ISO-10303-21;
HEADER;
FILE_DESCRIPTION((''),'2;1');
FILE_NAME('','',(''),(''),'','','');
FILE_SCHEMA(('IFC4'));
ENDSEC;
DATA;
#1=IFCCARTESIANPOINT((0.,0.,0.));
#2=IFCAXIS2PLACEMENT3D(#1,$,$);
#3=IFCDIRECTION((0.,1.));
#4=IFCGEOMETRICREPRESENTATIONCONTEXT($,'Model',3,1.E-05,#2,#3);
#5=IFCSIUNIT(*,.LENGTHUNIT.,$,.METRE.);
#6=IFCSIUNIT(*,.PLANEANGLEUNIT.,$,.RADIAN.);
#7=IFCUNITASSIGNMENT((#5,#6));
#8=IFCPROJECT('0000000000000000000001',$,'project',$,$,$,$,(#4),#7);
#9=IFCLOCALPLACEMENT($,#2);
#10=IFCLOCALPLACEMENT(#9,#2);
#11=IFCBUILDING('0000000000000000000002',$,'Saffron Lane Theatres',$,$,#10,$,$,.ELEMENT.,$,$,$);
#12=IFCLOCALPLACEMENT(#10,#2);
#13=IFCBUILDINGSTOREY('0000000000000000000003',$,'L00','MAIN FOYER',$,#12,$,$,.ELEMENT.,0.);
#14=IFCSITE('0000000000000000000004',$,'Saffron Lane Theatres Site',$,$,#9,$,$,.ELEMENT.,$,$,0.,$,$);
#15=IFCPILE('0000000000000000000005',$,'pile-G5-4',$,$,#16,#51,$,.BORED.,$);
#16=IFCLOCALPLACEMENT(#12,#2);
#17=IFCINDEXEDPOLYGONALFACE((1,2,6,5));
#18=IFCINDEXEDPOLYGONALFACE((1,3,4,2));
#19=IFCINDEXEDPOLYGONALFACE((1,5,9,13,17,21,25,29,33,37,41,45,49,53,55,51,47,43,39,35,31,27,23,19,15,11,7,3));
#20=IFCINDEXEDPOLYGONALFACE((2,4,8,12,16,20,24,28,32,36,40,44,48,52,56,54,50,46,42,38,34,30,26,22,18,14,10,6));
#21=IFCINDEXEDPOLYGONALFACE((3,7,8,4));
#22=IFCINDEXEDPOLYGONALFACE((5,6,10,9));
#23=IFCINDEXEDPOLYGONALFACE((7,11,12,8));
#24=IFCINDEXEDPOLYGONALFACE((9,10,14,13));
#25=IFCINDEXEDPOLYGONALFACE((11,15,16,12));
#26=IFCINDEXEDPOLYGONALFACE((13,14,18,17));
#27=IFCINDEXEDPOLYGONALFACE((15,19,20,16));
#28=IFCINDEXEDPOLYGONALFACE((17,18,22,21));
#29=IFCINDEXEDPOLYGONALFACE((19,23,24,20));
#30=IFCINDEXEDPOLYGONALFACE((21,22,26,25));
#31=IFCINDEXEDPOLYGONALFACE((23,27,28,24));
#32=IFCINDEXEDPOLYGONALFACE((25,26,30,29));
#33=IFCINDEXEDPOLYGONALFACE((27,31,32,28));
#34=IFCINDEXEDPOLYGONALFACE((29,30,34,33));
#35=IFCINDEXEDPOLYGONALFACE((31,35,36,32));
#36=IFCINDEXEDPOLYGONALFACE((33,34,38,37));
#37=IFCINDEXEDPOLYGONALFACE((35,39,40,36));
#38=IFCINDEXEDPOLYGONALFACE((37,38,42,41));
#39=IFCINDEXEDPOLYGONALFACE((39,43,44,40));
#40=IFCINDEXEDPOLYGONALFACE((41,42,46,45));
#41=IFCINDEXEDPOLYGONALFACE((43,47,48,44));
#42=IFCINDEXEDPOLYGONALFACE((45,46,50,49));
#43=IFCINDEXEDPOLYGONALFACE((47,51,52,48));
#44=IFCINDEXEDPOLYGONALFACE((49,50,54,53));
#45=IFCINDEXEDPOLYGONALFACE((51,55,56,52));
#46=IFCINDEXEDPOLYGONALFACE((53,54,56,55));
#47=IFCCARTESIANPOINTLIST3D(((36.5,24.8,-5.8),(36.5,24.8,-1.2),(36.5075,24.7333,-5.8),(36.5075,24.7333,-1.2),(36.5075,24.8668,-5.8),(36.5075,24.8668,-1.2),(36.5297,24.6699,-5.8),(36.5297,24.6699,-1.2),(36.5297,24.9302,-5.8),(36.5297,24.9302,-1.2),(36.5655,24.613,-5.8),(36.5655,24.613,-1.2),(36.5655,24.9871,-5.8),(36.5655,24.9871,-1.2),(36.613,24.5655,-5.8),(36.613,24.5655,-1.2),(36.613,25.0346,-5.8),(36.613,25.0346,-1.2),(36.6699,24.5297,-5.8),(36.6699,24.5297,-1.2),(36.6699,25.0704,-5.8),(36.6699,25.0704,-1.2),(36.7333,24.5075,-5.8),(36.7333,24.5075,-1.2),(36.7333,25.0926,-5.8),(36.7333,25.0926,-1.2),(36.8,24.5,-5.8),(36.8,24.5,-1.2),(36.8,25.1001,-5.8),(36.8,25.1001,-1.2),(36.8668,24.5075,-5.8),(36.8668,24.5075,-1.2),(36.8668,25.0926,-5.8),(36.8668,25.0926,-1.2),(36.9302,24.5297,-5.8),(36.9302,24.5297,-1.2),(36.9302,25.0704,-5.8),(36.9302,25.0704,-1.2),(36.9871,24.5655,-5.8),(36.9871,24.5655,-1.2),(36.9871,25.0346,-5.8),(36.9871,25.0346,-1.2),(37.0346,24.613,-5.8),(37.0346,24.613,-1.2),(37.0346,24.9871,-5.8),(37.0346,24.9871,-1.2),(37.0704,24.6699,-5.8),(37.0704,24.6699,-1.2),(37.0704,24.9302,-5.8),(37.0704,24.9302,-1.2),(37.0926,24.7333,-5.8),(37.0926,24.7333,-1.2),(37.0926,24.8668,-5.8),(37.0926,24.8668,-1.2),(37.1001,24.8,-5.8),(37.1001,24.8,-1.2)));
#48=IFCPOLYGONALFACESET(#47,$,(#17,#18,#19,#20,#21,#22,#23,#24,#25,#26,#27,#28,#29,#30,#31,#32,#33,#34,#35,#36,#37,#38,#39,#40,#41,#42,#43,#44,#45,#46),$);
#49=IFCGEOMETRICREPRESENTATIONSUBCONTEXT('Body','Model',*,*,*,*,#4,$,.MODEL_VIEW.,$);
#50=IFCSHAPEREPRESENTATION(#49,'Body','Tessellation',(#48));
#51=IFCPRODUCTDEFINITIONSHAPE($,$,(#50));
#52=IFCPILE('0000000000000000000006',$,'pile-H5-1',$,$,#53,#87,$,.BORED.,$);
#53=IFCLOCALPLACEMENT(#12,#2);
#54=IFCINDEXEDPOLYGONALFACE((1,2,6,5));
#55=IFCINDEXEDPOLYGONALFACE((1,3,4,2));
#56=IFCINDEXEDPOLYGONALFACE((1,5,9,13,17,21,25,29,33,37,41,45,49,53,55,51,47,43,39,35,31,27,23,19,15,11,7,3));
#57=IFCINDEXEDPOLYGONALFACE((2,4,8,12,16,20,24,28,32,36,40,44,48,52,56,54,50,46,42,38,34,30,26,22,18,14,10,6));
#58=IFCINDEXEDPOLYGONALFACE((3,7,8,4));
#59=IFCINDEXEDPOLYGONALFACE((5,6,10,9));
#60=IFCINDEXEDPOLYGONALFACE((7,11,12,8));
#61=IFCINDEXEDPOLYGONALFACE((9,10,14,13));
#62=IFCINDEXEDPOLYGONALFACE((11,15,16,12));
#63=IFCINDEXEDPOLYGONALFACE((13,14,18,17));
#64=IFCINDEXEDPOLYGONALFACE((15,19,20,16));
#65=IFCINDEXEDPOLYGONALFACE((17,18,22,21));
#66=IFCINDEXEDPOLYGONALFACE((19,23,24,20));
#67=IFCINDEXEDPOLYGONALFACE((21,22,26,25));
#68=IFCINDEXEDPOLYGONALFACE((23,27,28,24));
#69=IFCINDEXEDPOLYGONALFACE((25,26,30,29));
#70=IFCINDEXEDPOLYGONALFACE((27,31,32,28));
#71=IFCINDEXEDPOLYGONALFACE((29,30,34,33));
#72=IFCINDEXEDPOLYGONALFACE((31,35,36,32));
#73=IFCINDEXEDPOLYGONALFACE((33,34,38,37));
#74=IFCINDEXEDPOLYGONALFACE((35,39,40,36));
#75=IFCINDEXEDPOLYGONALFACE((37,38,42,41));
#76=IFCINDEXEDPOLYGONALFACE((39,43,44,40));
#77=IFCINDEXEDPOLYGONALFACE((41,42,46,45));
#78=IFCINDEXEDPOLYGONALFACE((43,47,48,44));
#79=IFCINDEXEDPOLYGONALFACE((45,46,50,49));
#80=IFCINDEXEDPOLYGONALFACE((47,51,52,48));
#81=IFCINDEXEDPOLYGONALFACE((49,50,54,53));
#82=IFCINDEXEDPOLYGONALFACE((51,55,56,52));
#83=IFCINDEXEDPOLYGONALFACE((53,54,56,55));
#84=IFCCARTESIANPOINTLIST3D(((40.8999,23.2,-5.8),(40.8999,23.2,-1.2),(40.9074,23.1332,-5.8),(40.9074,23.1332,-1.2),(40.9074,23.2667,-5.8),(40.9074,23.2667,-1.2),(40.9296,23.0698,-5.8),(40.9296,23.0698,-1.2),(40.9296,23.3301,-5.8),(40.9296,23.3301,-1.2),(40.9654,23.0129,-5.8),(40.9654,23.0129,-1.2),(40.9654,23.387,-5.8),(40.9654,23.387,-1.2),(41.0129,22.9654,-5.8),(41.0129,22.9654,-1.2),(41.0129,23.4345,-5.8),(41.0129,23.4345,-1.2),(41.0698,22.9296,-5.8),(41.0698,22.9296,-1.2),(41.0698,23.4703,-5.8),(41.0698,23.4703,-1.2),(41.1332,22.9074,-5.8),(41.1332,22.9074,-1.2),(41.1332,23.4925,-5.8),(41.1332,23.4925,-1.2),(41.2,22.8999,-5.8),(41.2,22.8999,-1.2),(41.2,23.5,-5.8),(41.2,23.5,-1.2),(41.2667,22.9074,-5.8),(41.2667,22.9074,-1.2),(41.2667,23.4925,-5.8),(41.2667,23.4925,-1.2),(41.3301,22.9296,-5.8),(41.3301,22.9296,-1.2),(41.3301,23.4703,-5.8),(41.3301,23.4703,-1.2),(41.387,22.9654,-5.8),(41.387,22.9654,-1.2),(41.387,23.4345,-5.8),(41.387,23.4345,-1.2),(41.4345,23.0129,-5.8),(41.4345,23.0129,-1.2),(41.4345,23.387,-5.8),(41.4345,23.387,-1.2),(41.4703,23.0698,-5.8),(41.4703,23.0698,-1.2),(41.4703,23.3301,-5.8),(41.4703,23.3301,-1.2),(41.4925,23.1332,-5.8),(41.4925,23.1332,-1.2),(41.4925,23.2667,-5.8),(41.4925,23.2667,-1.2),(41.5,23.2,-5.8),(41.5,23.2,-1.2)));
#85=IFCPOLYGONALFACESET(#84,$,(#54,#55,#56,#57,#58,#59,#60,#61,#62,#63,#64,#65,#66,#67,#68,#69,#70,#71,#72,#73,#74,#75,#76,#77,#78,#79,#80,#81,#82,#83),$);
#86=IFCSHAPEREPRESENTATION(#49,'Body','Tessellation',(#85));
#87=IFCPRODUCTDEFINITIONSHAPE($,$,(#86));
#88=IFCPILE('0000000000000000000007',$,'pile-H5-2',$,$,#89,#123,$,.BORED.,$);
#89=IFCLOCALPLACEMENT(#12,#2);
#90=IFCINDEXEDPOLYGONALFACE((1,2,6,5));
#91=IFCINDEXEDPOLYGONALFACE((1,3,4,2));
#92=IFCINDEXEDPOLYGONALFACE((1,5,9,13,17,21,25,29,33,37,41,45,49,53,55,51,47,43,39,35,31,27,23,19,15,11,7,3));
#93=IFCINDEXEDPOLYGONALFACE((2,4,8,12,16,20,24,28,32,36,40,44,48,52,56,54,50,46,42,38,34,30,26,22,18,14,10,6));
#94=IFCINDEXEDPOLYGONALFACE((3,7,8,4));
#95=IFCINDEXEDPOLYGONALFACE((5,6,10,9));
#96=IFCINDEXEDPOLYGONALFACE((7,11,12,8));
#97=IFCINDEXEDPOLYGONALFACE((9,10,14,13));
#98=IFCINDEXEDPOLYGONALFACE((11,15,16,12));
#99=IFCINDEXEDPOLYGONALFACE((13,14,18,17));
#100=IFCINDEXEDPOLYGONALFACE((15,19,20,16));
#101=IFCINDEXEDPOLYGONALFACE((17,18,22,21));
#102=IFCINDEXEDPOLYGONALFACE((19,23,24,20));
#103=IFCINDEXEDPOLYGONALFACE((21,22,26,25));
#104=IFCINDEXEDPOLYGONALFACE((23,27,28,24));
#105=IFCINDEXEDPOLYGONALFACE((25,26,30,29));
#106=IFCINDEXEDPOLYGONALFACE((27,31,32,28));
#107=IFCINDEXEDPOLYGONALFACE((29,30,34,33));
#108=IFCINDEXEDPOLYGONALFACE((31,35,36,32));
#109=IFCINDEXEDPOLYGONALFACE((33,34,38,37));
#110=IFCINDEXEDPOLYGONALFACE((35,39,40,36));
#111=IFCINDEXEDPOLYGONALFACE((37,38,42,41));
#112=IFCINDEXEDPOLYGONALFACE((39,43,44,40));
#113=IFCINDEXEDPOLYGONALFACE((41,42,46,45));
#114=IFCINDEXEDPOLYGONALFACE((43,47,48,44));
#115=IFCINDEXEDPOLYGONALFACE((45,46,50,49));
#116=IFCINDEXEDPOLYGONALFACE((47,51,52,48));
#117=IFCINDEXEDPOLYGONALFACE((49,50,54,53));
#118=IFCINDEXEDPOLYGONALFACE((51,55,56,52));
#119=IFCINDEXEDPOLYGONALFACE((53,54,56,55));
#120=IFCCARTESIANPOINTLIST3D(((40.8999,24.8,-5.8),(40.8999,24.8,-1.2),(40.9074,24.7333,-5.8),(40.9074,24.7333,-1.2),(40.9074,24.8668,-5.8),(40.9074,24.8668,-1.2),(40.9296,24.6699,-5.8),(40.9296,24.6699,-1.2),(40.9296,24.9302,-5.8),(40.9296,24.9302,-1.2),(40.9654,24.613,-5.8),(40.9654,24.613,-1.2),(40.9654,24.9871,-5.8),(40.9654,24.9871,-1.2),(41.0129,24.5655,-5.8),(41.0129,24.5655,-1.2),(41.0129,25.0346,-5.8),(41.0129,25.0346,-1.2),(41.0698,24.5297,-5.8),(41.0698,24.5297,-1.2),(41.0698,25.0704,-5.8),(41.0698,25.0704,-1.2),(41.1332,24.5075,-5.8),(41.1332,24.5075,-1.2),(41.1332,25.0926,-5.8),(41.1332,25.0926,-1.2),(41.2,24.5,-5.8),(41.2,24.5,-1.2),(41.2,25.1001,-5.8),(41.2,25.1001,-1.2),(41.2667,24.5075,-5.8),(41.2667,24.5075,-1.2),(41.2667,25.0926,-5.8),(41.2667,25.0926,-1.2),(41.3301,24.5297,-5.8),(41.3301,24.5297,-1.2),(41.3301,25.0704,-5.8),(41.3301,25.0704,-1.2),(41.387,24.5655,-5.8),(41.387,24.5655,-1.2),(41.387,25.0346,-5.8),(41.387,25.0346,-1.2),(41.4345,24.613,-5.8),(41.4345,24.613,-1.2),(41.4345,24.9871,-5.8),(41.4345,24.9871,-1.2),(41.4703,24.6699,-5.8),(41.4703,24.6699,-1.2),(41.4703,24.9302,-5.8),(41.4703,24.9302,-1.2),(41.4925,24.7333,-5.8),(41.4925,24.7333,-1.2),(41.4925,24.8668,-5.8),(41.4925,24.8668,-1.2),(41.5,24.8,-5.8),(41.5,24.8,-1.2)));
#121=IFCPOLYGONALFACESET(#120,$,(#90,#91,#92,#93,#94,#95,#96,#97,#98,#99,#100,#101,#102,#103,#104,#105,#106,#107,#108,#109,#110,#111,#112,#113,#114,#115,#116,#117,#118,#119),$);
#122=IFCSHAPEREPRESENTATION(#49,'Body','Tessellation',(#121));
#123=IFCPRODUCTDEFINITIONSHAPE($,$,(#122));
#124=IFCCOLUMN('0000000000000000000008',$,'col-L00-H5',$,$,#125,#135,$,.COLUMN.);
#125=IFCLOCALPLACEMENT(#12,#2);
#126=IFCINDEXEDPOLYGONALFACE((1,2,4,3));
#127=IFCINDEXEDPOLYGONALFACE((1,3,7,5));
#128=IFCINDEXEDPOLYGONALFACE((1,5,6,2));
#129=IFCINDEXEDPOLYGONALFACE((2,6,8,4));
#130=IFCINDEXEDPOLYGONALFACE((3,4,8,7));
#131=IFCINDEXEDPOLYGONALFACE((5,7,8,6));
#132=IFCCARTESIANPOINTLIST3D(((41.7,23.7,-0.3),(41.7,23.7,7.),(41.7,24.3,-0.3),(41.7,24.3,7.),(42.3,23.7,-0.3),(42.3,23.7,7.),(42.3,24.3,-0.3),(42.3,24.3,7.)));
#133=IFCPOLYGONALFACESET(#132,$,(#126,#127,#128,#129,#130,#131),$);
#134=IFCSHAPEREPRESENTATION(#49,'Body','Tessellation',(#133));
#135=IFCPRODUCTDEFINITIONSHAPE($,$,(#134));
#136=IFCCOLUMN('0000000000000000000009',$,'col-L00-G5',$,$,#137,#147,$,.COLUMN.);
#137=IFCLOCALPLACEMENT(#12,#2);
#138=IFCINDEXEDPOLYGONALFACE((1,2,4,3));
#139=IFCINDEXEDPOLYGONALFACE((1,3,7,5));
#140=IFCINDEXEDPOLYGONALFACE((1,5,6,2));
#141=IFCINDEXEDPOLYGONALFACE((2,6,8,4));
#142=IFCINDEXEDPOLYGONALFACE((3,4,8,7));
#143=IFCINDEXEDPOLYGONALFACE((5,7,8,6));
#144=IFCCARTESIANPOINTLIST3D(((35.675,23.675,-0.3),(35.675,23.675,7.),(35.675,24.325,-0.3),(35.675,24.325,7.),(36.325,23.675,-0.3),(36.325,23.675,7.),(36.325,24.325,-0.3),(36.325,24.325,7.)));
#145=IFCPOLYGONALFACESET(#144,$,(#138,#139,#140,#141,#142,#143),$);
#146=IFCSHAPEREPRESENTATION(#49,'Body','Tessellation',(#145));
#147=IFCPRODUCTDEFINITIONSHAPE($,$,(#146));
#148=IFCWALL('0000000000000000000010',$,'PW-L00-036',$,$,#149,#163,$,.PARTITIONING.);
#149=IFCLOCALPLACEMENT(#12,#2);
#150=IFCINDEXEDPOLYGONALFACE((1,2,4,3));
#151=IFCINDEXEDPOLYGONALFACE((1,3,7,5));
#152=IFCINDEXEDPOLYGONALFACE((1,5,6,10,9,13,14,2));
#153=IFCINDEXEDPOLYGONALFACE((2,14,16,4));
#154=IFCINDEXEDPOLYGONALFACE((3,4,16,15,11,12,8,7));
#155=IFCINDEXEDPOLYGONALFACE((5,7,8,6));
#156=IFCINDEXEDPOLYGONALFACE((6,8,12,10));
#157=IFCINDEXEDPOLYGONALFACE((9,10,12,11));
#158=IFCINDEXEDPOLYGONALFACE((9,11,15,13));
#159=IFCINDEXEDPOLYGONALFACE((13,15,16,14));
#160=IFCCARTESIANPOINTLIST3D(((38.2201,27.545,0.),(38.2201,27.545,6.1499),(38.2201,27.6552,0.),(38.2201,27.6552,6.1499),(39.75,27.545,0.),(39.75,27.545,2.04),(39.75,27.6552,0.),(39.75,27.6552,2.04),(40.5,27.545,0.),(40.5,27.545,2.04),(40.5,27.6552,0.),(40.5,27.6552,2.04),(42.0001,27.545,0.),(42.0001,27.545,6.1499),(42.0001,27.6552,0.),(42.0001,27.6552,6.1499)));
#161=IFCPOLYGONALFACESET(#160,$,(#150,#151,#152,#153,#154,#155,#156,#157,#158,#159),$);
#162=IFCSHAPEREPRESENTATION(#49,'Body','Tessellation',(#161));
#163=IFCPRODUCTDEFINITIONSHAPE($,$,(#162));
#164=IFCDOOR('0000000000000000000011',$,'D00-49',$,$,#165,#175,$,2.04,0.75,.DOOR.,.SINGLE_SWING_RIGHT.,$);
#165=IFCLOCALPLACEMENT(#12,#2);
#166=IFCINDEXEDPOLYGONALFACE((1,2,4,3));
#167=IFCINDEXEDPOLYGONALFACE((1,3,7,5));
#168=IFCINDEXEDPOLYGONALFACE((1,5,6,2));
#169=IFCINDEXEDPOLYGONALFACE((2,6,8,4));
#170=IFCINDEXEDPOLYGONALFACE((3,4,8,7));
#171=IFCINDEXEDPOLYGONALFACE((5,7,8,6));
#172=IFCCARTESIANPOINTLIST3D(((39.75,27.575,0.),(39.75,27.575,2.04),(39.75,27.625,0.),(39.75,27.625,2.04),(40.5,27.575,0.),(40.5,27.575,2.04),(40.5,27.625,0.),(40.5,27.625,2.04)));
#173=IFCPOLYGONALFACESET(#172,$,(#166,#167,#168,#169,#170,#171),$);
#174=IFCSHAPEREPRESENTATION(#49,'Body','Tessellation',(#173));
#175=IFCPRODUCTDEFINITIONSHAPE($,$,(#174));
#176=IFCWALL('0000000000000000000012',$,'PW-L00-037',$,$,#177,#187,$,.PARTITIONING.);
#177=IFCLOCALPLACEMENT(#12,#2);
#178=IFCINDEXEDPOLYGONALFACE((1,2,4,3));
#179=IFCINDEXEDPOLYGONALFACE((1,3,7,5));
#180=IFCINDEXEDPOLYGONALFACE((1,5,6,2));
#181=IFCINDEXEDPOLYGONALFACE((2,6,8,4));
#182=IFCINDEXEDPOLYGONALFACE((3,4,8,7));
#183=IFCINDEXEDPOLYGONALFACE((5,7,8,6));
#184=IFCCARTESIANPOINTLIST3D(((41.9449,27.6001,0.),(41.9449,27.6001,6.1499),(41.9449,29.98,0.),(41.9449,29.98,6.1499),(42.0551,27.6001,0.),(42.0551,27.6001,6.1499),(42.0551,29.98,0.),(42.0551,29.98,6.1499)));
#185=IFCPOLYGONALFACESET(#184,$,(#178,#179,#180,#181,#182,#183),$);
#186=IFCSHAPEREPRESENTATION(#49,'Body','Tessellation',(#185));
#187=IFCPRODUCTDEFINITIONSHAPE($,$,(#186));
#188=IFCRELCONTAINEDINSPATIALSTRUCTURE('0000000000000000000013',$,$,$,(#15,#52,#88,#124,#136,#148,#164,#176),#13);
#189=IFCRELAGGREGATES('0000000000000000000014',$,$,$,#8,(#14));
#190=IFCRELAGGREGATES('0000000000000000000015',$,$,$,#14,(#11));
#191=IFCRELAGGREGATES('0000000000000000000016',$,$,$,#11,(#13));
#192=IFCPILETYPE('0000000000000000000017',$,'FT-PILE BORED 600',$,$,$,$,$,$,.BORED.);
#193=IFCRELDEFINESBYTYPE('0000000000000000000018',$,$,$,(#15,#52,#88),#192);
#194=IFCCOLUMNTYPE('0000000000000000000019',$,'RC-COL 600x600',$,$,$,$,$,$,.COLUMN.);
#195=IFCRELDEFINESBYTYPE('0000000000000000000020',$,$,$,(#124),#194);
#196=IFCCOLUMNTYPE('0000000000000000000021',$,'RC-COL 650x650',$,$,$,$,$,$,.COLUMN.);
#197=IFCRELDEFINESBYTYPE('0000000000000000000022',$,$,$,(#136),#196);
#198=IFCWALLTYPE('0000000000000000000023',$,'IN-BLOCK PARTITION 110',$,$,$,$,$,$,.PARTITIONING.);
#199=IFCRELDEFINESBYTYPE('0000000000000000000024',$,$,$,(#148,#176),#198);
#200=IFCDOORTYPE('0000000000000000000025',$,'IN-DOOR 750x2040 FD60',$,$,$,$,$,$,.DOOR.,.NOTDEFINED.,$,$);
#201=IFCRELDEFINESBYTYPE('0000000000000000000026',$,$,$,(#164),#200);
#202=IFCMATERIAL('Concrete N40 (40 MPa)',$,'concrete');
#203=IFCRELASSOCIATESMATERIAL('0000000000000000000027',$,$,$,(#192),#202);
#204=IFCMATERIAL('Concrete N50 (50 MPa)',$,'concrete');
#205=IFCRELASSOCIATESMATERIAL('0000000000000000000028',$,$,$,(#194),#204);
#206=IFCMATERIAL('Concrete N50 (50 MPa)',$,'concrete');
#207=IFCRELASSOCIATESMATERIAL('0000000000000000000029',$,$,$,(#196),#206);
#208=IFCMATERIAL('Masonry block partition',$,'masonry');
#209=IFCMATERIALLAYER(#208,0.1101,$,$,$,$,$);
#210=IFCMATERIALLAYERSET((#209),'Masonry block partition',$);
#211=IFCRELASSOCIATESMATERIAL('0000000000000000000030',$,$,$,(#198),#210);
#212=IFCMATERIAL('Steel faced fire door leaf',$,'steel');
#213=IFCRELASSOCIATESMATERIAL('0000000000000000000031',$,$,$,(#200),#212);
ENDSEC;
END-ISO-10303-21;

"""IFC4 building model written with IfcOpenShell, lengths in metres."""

from ifc_helpers import new_model, si_unit, direction, frame, frame_2d, origin, origin_2d, place, context, subcontext, project, spatial, rectangle, circle, extrude, material, layer, layer_set, material_profile, profile_set, type_object, element, fill, save


model = new_model("IFC4")

# Units and contexts
model_context = context("Model", 3, precision=1e-05, world=origin(), true_north=direction((0.0, 1.0)))
body_context = subcontext(model_context, "Body", "Model", "MODEL_VIEW")
ifc_project = project(units=[si_unit("LENGTHUNIT", "METRE"), si_unit("PLANEANGLEUNIT", "RADIAN")], contexts=[model_context])

# Site, building, storey
site_placement = place(None, origin())
site = spatial("IfcSite", under=ifc_project, at=site_placement, Name="Saffron Lane Theatres Site", CompositionType="ELEMENT", RefElevation=0.0)
building_placement = place(site_placement, origin())
building = spatial("IfcBuilding", under=site, at=building_placement, Name="Saffron Lane Theatres", CompositionType="ELEMENT")
storey_placement = place(building_placement, origin())
storey = spatial("IfcBuildingStorey", under=building, at=storey_placement, Name="L00", Description="MAIN FOYER", CompositionType="ELEMENT", Elevation=0.0)

# Piles
ifc_material_1 = material(Name="Concrete N40 (40 MPa)", Category="concrete")
ifc_material_profile_1 = material_profile(ifc_material_1, circle(Radius=0.3, at=origin_2d()))
ifc_profile_set_1 = profile_set([ifc_material_profile_1], Name="Concrete N40 (40 MPa)")
pile_type = type_object("IfcPileType", Name="FT-PILE BORED 600", PredefinedType="BORED", material=ifc_profile_set_1)
for number, where, z_axis, x_axis, name in (
    (1, (36.8, 24.8, -1.2), (0.0, 0.0, -1.0), (1.0, 0.0, 0.0), "pile-G5-4"),
    (2, (41.2, 23.2, -1.2), (0.0, 0.0, -1.0), (1.0, 0.0, 0.0), "pile-H5-1"),
    (3, (41.2, 24.8, -1.2), (0.0, 0.0, -1.0), (1.0, 0.0, 0.0), "pile-H5-2"),
):
    element("IfcPile", number, at=place(storey_placement, frame(where, z_axis=z_axis, x_axis=x_axis)), inside=storey, type_object=pile_type, Name=name, PredefinedType="BORED", context=body_context, shape_type="SweptSolid", body=[
        extrude(circle(Radius=0.3, at=origin_2d()), origin(), (0.0, 0.0, 1.0), 4.6001),
    ])

# Columns
ifc_material_2 = material(Name="Concrete N50 (50 MPa)", Category="concrete")
ifc_material_profile_2 = material_profile(ifc_material_2, rectangle(XDim=0.6001, YDim=0.6001, at=origin_2d()))
ifc_profile_set_2 = profile_set([ifc_material_profile_2], Name="Concrete N50 (50 MPa)")
column_type_1 = type_object("IfcColumnType", Name="RC-COL 600x600", PredefinedType="COLUMN", material=ifc_profile_set_2)
column_1_placement = place(storey_placement, frame((42.0, 24.0, -0.3), z_axis=(0.0, 0.0, 1.0), x_axis=(1.0, 0.0, 0.0)))
element("IfcColumn", 4, at=column_1_placement, inside=storey, type_object=column_type_1, Name="col-L00-H5", PredefinedType="COLUMN", context=body_context, shape_type="SweptSolid", body=[
    extrude(rectangle(XDim=0.6001, YDim=0.6001, at=origin_2d()), origin(), (0.0, 0.0, 1.0), 7.3),
])
ifc_material_3 = material(Name="Concrete N50 (50 MPa)", Category="concrete")
ifc_material_profile_3 = material_profile(ifc_material_3, rectangle(XDim=0.6499, YDim=0.6499, at=origin_2d()))
ifc_profile_set_3 = profile_set([ifc_material_profile_3], Name="Concrete N50 (50 MPa)")
column_type_2 = type_object("IfcColumnType", Name="RC-COL 650x650", PredefinedType="COLUMN", material=ifc_profile_set_3)
column_2_placement = place(storey_placement, frame((36.0, 24.0, -0.3), z_axis=(0.0, 0.0, 1.0), x_axis=(1.0, 0.0, 0.0)))
element("IfcColumn", 5, at=column_2_placement, inside=storey, type_object=column_type_2, Name="col-L00-G5", PredefinedType="COLUMN", context=body_context, shape_type="SweptSolid", body=[
    extrude(rectangle(XDim=0.6499, YDim=0.6499, at=origin_2d()), origin(), (0.0, 0.0, 1.0), 7.3),
])

# Wall, opening, door
ifc_material_4 = material(Name="Masonry block partition", Category="masonry")
ifc_layer_1 = layer(ifc_material_4, 0.1101)
ifc_layer_set_1 = layer_set([ifc_layer_1], Name="Masonry block partition")
wall_type_1 = type_object("IfcWallType", Name="IN-BLOCK PARTITION 110", PredefinedType="PARTITIONING", material=ifc_layer_set_1)
wall_1_placement = place(storey_placement, frame((38.22, 27.6001, 0.0), z_axis=(0.0, 0.0, 1.0), x_axis=(1.0, 0.0, 0.0)))
wall_1 = element("IfcWall", 6, at=wall_1_placement, inside=storey, type_object=wall_type_1, Name="PW-L00-036", PredefinedType="PARTITIONING", context=body_context, shape_type="SweptSolid", body=[
    extrude(rectangle(XDim=3.78, YDim=0.1101, at=frame_2d((1.8901, 0.0))), origin(), (0.0, 0.0, 1.0), 6.1499),
])
opening_1_placement = place(wall_1_placement, frame((1.53, 0.0, 0.0)))
opening_1 = element("IfcOpeningElement", 7, at=opening_1_placement, cuts=wall_1, PredefinedType="OPENING", context=body_context, shape_type="SweptSolid", body=[
    extrude(rectangle(XDim=0.75, YDim=2.04, at=frame_2d((0.375, 1.02))), frame((0.0, 0.0649, 0.0), z_axis=(0.0, -1.0, 0.0), x_axis=(1.0, 0.0, 0.0)), (0.0, 0.0, 1.0), 0.1301),
])
ifc_material_5 = material(Name="Steel faced fire door leaf", Category="steel")
door_type_1 = type_object("IfcDoorType", Name="IN-DOOR 750x2040 FD60", OperationType="NOTDEFINED", PredefinedType="DOOR", material=ifc_material_5)
door_1_placement = place(opening_1_placement, origin())
door_1 = element("IfcDoor", 8, at=door_1_placement, inside=storey, type_object=door_type_1, Name="D00-49", OperationType="SINGLE_SWING_RIGHT", OverallHeight=2.04, OverallWidth=0.75, PredefinedType="DOOR", context=body_context, shape_type="SweptSolid", body=[
    extrude(rectangle(XDim=0.75, YDim=2.04, at=frame_2d((0.375, 1.02))), frame((0.0, 0.0249, 0.0), z_axis=(0.0, -1.0, 0.0), x_axis=(1.0, 0.0, 0.0)), (0.0, 0.0, 1.0), 0.05),
])
fill(opening_1, door_1)

# Wall
wall_2_placement = place(storey_placement, frame((42.0, 27.6001, 0.0), z_axis=(0.0, 0.0, 1.0), x_axis=(0.0, 1.0, 0.0)))
element("IfcWall", 9, at=wall_2_placement, inside=storey, type_object=wall_type_1, Name="PW-L00-037", PredefinedType="PARTITIONING", context=body_context, shape_type="SweptSolid", body=[
    extrude(rectangle(XDim=2.3799, YDim=0.1101, at=frame_2d((1.1899, 0.0))), origin(), (0.0, 0.0, 1.0), 6.1499),
])

save(model, "model.ifc")
